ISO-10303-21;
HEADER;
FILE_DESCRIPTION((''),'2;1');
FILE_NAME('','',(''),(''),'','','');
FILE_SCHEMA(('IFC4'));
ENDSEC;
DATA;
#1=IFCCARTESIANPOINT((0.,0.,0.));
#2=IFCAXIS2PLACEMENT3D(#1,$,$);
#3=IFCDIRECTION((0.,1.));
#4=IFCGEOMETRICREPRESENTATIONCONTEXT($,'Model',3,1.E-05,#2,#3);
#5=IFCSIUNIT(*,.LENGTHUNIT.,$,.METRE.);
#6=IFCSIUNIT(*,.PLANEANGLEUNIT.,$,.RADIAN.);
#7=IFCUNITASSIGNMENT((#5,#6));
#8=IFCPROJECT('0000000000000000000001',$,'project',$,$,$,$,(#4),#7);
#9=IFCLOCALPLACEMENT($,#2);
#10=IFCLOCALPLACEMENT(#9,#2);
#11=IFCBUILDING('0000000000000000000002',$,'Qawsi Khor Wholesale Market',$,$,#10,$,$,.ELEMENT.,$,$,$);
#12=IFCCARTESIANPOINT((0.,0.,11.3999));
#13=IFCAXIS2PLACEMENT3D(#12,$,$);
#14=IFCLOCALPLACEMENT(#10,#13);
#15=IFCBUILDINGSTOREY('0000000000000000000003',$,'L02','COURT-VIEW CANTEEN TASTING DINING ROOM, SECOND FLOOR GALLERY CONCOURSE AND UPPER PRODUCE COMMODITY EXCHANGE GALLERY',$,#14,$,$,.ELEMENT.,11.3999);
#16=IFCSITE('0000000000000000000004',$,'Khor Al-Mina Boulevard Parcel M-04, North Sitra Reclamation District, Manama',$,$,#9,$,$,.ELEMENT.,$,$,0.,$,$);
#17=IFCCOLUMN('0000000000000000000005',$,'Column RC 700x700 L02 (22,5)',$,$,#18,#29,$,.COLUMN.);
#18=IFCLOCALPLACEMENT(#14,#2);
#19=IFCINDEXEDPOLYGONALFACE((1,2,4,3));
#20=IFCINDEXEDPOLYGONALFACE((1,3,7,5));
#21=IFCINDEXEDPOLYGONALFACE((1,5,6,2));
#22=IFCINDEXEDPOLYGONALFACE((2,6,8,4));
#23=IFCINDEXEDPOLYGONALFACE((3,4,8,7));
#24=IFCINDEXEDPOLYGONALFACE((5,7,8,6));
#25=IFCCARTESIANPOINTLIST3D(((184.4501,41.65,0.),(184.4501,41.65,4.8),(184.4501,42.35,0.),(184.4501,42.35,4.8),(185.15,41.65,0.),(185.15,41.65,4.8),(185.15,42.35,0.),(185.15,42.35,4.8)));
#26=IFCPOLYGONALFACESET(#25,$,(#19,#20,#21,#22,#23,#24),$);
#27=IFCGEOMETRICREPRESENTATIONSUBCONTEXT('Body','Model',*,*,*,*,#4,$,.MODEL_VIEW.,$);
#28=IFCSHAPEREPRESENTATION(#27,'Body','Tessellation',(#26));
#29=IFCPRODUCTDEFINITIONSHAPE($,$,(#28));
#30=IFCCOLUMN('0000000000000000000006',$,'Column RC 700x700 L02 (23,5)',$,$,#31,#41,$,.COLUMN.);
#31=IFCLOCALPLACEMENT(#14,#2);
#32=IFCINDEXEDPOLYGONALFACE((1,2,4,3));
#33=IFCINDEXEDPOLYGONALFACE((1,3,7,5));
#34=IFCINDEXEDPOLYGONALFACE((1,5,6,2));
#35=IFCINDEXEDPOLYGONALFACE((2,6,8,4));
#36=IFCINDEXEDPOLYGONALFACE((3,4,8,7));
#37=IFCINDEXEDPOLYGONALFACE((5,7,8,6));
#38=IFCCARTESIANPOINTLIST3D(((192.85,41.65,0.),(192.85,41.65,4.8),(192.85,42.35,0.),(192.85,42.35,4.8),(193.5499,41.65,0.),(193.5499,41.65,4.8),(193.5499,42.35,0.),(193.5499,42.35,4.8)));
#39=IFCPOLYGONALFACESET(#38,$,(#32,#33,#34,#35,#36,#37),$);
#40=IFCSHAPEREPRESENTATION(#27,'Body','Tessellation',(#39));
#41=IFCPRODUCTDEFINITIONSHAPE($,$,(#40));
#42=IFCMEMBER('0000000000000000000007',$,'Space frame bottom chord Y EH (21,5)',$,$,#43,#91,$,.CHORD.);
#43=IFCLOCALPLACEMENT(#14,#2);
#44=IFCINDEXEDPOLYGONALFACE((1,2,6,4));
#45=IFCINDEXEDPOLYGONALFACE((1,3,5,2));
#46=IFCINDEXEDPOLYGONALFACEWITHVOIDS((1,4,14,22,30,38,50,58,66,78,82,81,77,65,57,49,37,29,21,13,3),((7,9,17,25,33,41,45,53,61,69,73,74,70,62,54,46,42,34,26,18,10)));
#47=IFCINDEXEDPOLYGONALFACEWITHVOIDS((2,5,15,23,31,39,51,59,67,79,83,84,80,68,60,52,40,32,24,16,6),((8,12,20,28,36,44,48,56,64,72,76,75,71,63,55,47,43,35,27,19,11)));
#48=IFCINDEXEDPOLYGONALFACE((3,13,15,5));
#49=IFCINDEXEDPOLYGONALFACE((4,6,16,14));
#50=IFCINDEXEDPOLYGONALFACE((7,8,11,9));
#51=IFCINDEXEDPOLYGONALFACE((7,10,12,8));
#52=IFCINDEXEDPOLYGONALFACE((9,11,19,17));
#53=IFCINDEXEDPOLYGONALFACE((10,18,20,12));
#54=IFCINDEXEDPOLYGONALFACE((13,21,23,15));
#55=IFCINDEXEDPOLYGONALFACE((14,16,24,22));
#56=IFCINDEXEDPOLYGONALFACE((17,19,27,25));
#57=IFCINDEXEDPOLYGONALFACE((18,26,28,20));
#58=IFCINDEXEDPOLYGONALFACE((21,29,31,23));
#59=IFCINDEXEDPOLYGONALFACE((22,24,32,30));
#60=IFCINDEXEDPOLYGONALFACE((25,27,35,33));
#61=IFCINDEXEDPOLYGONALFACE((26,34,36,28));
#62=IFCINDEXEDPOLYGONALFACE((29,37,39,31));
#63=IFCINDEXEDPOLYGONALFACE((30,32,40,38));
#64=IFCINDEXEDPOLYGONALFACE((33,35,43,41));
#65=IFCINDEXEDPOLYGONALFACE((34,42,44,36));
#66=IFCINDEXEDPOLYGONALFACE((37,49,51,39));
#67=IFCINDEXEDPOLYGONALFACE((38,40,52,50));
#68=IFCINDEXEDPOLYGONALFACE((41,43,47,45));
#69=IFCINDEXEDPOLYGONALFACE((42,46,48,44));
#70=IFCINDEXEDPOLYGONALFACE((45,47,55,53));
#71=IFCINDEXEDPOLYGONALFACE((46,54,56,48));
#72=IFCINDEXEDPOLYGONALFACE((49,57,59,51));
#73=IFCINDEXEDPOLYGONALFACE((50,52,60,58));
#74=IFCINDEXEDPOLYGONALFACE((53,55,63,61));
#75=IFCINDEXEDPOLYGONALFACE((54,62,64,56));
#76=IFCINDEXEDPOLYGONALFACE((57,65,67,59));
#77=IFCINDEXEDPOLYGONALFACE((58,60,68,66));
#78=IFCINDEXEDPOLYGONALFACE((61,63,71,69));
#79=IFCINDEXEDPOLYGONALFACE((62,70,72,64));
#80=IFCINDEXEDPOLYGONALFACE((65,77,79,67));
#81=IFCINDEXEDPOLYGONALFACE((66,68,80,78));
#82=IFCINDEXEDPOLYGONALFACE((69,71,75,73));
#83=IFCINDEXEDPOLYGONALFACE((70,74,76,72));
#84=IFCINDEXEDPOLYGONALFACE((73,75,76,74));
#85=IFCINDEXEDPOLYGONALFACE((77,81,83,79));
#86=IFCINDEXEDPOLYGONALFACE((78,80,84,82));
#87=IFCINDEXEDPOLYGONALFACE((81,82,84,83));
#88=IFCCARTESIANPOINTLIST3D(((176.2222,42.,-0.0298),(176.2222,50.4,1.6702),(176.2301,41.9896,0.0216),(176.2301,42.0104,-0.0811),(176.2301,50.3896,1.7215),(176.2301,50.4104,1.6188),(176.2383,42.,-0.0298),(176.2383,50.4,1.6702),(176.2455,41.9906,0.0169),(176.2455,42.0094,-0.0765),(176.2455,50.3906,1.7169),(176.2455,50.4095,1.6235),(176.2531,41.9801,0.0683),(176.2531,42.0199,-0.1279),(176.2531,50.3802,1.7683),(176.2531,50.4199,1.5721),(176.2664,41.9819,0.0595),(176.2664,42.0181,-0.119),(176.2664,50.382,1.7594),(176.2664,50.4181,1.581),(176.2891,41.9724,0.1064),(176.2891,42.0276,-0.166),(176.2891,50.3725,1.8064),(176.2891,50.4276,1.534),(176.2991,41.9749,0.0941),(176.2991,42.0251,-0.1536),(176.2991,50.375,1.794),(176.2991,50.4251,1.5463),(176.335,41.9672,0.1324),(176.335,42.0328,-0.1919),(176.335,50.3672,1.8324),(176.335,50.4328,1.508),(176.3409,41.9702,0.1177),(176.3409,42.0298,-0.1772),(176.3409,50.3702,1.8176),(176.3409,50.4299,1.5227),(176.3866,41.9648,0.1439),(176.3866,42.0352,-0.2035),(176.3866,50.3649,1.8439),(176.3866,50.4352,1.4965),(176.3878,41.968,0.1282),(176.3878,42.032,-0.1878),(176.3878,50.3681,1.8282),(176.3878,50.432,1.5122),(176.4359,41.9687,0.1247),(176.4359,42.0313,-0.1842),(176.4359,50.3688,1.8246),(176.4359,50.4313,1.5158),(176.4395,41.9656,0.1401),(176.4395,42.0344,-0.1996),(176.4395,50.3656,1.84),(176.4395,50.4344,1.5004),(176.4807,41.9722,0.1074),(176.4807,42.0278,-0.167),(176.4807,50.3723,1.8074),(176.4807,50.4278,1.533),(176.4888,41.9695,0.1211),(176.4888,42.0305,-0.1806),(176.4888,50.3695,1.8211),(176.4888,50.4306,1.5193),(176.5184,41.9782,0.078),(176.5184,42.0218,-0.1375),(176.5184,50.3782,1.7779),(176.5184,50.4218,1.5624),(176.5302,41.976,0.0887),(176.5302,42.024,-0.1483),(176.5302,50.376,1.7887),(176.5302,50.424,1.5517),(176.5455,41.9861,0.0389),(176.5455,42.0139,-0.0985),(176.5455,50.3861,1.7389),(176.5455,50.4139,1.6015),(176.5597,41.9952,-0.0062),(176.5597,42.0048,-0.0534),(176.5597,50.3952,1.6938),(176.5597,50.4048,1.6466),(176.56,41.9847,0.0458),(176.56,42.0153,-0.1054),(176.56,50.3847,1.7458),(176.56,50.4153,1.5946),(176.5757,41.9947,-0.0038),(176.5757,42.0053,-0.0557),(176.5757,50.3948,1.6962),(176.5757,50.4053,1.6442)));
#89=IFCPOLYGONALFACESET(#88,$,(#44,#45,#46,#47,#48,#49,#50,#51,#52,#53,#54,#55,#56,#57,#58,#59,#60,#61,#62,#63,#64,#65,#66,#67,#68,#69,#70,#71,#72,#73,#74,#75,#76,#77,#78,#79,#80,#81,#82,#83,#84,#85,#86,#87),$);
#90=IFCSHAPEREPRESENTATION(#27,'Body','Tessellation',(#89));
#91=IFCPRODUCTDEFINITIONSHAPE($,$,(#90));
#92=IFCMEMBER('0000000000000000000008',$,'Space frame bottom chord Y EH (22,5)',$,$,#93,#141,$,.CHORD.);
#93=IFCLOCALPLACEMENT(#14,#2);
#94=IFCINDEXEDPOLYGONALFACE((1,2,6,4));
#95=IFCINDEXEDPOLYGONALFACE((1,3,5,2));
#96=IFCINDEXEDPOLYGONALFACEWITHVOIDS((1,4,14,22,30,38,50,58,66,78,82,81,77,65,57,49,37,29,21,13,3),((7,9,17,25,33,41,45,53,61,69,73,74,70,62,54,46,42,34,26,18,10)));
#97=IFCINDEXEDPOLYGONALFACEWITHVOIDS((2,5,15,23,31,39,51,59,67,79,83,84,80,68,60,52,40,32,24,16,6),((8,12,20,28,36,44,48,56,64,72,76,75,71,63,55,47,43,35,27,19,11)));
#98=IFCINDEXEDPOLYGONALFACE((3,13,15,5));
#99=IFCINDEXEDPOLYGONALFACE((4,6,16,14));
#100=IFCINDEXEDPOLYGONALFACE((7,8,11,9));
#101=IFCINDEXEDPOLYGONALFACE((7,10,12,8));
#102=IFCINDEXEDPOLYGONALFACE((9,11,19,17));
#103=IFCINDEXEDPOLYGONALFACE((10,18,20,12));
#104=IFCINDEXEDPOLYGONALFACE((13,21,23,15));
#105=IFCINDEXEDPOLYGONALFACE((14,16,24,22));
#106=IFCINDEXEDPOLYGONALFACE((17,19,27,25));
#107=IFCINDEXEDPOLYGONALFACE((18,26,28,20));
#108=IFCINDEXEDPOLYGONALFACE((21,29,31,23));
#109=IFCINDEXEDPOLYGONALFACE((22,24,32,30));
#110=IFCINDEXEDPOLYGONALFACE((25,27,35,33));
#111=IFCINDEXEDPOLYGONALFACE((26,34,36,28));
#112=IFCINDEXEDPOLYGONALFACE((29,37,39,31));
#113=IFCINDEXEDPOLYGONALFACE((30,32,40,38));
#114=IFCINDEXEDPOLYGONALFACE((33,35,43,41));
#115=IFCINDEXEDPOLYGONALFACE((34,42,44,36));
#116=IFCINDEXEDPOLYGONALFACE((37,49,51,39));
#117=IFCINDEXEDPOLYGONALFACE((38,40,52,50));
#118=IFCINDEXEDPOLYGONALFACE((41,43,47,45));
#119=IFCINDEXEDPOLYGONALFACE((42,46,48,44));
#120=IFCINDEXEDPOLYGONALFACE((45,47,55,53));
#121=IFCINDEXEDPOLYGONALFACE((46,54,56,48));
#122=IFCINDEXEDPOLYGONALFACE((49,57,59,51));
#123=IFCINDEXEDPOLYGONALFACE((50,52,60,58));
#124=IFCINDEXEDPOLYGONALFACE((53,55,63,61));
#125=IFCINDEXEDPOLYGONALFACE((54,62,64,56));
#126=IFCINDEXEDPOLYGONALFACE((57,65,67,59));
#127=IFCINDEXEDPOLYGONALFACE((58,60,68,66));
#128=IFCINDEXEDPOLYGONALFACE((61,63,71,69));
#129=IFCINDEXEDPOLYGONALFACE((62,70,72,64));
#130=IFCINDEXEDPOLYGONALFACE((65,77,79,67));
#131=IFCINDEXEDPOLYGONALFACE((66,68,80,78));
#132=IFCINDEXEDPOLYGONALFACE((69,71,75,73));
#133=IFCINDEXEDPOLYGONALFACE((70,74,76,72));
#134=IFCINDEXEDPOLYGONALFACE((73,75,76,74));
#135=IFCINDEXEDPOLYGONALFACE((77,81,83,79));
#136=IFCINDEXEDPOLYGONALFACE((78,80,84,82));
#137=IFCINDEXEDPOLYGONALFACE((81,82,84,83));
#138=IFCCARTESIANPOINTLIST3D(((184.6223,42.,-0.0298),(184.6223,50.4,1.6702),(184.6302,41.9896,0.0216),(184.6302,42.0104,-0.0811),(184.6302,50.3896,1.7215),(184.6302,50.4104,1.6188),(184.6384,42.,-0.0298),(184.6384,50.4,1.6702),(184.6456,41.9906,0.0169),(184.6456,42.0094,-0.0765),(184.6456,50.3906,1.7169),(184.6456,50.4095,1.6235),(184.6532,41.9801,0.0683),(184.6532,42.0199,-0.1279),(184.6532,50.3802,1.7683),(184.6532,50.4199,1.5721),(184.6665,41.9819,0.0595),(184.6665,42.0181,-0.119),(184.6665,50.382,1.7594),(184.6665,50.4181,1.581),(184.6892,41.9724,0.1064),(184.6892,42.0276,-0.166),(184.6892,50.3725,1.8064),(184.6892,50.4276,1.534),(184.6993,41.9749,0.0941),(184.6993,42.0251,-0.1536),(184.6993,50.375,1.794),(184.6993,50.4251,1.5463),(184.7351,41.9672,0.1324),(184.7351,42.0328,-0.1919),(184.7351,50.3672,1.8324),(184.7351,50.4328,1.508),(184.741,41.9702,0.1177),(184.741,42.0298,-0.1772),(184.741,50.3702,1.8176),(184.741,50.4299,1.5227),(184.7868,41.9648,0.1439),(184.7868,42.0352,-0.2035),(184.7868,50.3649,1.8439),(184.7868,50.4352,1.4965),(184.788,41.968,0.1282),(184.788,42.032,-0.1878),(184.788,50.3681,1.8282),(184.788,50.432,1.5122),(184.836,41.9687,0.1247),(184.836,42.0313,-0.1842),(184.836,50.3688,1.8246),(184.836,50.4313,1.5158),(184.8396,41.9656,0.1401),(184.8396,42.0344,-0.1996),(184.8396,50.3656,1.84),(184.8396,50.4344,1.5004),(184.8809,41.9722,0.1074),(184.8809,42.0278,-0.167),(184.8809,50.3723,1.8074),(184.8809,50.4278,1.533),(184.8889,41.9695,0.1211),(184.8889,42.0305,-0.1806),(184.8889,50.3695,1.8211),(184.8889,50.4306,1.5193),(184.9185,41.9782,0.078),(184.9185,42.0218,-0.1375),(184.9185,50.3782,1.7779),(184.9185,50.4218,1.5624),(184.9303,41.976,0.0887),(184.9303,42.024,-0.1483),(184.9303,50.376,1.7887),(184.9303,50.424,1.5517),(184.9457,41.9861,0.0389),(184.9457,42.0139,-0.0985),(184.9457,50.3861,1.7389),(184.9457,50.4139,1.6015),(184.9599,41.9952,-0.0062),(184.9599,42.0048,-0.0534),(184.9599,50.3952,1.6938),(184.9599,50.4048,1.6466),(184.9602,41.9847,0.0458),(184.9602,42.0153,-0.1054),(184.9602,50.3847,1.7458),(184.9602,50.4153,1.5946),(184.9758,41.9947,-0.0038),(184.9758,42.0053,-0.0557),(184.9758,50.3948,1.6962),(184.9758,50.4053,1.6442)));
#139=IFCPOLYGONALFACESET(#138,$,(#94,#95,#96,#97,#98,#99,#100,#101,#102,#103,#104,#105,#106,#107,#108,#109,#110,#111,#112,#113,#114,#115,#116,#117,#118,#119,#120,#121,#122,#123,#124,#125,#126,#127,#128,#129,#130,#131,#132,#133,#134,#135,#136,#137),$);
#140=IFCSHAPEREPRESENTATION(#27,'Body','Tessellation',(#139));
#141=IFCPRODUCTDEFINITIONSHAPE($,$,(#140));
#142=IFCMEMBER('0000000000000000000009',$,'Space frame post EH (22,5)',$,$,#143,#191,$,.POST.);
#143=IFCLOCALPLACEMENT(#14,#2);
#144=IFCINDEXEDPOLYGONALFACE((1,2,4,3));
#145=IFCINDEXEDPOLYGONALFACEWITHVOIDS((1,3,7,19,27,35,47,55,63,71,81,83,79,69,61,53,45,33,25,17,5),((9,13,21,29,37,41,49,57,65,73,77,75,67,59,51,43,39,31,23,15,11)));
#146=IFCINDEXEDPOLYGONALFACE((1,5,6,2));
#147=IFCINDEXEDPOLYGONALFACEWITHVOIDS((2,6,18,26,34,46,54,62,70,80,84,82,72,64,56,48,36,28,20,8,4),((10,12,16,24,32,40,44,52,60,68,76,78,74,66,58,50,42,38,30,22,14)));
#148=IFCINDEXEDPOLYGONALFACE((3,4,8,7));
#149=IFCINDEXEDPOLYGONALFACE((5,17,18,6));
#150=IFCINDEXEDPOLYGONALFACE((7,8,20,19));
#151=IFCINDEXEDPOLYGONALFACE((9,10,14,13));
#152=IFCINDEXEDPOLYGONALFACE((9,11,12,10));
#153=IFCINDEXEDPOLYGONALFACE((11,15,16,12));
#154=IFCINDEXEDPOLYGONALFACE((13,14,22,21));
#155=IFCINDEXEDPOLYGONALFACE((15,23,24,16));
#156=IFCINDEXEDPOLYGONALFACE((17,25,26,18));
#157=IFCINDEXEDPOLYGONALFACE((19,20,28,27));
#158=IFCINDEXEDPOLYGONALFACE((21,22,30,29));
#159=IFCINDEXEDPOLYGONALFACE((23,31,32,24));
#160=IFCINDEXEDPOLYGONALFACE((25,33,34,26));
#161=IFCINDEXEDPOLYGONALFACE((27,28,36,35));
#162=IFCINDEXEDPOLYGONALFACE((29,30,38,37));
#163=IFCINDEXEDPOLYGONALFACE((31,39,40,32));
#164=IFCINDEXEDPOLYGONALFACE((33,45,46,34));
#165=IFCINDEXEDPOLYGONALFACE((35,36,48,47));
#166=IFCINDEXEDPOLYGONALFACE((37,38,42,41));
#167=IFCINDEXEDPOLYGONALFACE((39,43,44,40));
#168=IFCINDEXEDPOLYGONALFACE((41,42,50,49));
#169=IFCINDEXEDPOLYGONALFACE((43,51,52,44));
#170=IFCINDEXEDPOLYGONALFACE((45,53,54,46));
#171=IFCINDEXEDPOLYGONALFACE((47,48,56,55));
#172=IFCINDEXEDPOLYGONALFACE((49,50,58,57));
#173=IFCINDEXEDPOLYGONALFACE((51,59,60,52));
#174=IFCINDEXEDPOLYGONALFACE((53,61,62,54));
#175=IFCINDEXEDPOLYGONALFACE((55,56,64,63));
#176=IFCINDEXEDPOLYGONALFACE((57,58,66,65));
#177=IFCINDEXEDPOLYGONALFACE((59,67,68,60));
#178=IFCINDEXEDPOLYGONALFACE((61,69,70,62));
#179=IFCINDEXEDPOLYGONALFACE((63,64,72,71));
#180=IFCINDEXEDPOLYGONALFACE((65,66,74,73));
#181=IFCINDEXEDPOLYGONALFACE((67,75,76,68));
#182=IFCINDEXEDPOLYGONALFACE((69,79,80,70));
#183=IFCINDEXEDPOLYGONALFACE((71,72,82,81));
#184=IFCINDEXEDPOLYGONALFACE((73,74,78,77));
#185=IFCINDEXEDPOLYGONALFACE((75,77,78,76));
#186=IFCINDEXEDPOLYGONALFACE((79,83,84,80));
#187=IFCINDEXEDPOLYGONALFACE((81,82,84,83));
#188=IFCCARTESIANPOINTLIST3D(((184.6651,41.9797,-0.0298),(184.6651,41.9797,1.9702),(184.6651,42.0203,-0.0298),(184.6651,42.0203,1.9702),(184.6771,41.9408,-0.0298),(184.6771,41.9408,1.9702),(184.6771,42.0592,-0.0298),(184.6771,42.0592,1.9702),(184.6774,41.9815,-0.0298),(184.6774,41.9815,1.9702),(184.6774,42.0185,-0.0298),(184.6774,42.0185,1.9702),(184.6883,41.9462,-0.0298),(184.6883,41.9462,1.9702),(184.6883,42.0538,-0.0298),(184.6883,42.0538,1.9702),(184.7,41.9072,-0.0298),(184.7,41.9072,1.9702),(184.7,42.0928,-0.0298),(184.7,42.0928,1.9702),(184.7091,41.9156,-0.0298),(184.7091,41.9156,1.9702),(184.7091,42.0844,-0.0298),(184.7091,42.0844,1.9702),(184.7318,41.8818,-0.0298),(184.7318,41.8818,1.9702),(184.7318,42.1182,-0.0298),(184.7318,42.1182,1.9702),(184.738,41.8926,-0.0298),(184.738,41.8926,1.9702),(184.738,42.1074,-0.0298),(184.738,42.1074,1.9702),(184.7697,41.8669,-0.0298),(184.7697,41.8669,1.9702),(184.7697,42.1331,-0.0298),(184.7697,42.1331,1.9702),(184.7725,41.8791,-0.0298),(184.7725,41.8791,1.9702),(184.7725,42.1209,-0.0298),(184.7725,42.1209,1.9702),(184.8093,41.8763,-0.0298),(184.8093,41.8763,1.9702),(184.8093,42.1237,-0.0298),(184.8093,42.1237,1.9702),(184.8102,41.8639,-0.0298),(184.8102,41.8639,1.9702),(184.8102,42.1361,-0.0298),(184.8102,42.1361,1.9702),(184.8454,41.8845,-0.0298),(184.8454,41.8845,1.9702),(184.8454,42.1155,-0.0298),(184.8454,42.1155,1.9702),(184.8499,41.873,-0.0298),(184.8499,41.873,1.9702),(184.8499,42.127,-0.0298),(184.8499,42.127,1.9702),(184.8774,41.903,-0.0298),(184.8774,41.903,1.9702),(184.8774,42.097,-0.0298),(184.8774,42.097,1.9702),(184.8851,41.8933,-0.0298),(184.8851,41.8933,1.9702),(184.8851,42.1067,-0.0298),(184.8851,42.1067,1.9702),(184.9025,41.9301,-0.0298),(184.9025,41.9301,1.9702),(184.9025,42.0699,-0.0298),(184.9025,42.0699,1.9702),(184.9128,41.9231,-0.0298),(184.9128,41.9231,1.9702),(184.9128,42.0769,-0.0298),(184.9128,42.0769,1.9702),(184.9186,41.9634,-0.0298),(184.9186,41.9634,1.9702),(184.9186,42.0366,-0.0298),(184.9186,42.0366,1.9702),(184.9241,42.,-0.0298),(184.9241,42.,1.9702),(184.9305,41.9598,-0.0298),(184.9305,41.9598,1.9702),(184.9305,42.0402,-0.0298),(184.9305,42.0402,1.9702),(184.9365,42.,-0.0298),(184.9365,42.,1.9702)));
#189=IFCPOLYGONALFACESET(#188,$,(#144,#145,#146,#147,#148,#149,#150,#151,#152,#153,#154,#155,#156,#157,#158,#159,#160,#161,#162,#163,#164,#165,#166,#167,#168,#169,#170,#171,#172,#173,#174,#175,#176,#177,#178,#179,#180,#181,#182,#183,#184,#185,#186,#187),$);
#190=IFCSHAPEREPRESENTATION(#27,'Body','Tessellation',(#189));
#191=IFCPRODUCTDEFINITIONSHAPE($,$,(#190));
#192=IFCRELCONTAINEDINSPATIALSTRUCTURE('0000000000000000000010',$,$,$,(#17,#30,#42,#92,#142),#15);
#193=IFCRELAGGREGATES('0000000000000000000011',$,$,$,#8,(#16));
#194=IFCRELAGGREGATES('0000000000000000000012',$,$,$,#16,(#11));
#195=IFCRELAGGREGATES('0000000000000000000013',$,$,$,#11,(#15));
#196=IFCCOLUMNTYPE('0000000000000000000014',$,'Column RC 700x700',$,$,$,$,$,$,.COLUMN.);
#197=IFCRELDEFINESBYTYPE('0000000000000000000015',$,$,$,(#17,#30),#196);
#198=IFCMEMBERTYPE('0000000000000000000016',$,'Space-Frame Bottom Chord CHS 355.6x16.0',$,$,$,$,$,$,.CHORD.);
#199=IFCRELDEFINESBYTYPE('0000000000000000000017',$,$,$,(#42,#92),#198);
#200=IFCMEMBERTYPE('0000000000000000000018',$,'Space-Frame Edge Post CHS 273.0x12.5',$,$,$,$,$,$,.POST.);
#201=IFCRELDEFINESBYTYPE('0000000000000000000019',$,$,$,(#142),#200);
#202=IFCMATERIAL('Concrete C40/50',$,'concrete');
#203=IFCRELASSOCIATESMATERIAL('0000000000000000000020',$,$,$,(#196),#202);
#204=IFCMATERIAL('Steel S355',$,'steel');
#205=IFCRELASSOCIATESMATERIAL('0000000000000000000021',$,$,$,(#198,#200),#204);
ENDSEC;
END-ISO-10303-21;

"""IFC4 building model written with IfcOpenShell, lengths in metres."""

from ifc_helpers import new_model, si_unit, direction, frame, origin, origin_2d, place, context, subcontext, project, spatial, rectangle, hollow_circle, extrude, material, material_profile, profile_set, type_object, element, save


model = new_model("IFC4")

# Units and contexts
model_context = context("Model", 3, precision=1e-05, world=origin(), true_north=direction((0.0, 1.0)))
body_context = subcontext(model_context, "Body", "Model", "MODEL_VIEW")
ifc_project = project(units=[si_unit("LENGTHUNIT", "METRE"), si_unit("PLANEANGLEUNIT", "RADIAN")], contexts=[model_context])

# Site, building, storey
site_placement = place(None, origin())
site = spatial("IfcSite", under=ifc_project, at=site_placement, Name="Khor Al-Mina Boulevard Parcel M-04, North Sitra Reclamation District, Manama", CompositionType="ELEMENT", RefElevation=0.0)
building_placement = place(site_placement, origin())
building = spatial("IfcBuilding", under=site, at=building_placement, Name="Qawsi Khor Wholesale Market", CompositionType="ELEMENT")
storey_placement = place(building_placement, frame((0.0, 0.0, 11.3999)))
storey = spatial("IfcBuildingStorey", under=building, at=storey_placement, Name="L02", Description="COURT-VIEW CANTEEN TASTING DINING ROOM, SECOND FLOOR GALLERY CONCOURSE AND UPPER PRODUCE COMMODITY EXCHANGE GALLERY", CompositionType="ELEMENT", Elevation=11.3999)

# Columns
ifc_material_1 = material(Name="Concrete C40/50", Category="concrete")
ifc_material_profile_1 = material_profile(ifc_material_1, rectangle(XDim=0.7, YDim=0.7, at=origin_2d()), Name="RC 700x700")
ifc_profile_set_1 = profile_set([ifc_material_profile_1], Name="Concrete C40/50")
column_type = type_object("IfcColumnType", Name="Column RC 700x700", PredefinedType="COLUMN", material=ifc_profile_set_1)
for number, where, z_axis, x_axis, name in (
    (1, (184.8, 42.0, 0.0), (0.0, 0.0, 1.0), (1.0, 0.0, 0.0), "Column RC 700x700 L02 (22,5)"),
    (2, (193.2, 42.0, 0.0), (0.0, 0.0, 1.0), (1.0, 0.0, 0.0), "Column RC 700x700 L02 (23,5)"),
):
    element("IfcColumn", number, at=place(storey_placement, frame(where, z_axis=z_axis, x_axis=x_axis)), inside=storey, type_object=column_type, Name=name, PredefinedType="COLUMN", context=body_context, shape_type="SweptSolid", body=[
        extrude(rectangle(XDim=0.7, YDim=0.7, at=origin_2d()), origin(), (0.0, 0.0, 1.0), 4.8),
    ])

# Members
ifc_material_2 = material(Name="Steel S355", Category="steel")
ifc_material_profile_2 = material_profile(ifc_material_2, hollow_circle(Radius=0.1777, WallThickness=0.0161, at=origin_2d()), Name="CHS 355.6x16.0")
ifc_profile_set_2 = profile_set([ifc_material_profile_2], Name="Steel S355")
member_type_1 = type_object("IfcMemberType", Name="Space-Frame Bottom Chord CHS 355.6x16.0", PredefinedType="CHORD", material=ifc_profile_set_2)
for number, where, z_axis, x_axis, name in (
    (3, (176.3999, 42.0, -0.0298), (0.0, 0.98013, 0.198356), (-1.0, 0.0, 0.0), "Space frame bottom chord Y EH (21,5)"),
    (4, (184.8, 42.0, -0.0298), (0.0, 0.98013, 0.198356), (-1.0, 0.0, 0.0), "Space frame bottom chord Y EH (22,5)"),
):
    element("IfcMember", number, at=place(storey_placement, frame(where, z_axis=z_axis, x_axis=x_axis)), inside=storey, type_object=member_type_1, Name=name, PredefinedType="CHORD", context=body_context, shape_type="SweptSolid", body=[
        extrude(hollow_circle(Radius=0.1777, WallThickness=0.0161, at=origin_2d()), origin(), (0.0, 0.0, 1.0), 8.5703),
    ])
ifc_material_profile_3 = material_profile(ifc_material_2, hollow_circle(Radius=0.1365, WallThickness=0.0125, at=origin_2d()), Name="CHS 273.0x12.5")
ifc_profile_set_3 = profile_set([ifc_material_profile_3], Name="Steel S355")
member_type_2 = type_object("IfcMemberType", Name="Space-Frame Edge Post CHS 273.0x12.5", PredefinedType="POST", material=ifc_profile_set_3)
for number, where, z_axis, x_axis, name in (
    (5, (184.8, 42.0, -0.0298), (0.0, 0.0, 1.0), (1.0, 0.0, 0.0), "Space frame post EH (22,5)"),
):
    element("IfcMember", number, at=place(storey_placement, frame(where, z_axis=z_axis, x_axis=x_axis)), inside=storey, type_object=member_type_2, Name=name, PredefinedType="POST", context=body_context, shape_type="SweptSolid", body=[
        extrude(hollow_circle(Radius=0.1365, WallThickness=0.0125, at=origin_2d()), origin(), (0.0, 0.0, 1.0), 2.0),
    ])

save(model, "model.ifc")
